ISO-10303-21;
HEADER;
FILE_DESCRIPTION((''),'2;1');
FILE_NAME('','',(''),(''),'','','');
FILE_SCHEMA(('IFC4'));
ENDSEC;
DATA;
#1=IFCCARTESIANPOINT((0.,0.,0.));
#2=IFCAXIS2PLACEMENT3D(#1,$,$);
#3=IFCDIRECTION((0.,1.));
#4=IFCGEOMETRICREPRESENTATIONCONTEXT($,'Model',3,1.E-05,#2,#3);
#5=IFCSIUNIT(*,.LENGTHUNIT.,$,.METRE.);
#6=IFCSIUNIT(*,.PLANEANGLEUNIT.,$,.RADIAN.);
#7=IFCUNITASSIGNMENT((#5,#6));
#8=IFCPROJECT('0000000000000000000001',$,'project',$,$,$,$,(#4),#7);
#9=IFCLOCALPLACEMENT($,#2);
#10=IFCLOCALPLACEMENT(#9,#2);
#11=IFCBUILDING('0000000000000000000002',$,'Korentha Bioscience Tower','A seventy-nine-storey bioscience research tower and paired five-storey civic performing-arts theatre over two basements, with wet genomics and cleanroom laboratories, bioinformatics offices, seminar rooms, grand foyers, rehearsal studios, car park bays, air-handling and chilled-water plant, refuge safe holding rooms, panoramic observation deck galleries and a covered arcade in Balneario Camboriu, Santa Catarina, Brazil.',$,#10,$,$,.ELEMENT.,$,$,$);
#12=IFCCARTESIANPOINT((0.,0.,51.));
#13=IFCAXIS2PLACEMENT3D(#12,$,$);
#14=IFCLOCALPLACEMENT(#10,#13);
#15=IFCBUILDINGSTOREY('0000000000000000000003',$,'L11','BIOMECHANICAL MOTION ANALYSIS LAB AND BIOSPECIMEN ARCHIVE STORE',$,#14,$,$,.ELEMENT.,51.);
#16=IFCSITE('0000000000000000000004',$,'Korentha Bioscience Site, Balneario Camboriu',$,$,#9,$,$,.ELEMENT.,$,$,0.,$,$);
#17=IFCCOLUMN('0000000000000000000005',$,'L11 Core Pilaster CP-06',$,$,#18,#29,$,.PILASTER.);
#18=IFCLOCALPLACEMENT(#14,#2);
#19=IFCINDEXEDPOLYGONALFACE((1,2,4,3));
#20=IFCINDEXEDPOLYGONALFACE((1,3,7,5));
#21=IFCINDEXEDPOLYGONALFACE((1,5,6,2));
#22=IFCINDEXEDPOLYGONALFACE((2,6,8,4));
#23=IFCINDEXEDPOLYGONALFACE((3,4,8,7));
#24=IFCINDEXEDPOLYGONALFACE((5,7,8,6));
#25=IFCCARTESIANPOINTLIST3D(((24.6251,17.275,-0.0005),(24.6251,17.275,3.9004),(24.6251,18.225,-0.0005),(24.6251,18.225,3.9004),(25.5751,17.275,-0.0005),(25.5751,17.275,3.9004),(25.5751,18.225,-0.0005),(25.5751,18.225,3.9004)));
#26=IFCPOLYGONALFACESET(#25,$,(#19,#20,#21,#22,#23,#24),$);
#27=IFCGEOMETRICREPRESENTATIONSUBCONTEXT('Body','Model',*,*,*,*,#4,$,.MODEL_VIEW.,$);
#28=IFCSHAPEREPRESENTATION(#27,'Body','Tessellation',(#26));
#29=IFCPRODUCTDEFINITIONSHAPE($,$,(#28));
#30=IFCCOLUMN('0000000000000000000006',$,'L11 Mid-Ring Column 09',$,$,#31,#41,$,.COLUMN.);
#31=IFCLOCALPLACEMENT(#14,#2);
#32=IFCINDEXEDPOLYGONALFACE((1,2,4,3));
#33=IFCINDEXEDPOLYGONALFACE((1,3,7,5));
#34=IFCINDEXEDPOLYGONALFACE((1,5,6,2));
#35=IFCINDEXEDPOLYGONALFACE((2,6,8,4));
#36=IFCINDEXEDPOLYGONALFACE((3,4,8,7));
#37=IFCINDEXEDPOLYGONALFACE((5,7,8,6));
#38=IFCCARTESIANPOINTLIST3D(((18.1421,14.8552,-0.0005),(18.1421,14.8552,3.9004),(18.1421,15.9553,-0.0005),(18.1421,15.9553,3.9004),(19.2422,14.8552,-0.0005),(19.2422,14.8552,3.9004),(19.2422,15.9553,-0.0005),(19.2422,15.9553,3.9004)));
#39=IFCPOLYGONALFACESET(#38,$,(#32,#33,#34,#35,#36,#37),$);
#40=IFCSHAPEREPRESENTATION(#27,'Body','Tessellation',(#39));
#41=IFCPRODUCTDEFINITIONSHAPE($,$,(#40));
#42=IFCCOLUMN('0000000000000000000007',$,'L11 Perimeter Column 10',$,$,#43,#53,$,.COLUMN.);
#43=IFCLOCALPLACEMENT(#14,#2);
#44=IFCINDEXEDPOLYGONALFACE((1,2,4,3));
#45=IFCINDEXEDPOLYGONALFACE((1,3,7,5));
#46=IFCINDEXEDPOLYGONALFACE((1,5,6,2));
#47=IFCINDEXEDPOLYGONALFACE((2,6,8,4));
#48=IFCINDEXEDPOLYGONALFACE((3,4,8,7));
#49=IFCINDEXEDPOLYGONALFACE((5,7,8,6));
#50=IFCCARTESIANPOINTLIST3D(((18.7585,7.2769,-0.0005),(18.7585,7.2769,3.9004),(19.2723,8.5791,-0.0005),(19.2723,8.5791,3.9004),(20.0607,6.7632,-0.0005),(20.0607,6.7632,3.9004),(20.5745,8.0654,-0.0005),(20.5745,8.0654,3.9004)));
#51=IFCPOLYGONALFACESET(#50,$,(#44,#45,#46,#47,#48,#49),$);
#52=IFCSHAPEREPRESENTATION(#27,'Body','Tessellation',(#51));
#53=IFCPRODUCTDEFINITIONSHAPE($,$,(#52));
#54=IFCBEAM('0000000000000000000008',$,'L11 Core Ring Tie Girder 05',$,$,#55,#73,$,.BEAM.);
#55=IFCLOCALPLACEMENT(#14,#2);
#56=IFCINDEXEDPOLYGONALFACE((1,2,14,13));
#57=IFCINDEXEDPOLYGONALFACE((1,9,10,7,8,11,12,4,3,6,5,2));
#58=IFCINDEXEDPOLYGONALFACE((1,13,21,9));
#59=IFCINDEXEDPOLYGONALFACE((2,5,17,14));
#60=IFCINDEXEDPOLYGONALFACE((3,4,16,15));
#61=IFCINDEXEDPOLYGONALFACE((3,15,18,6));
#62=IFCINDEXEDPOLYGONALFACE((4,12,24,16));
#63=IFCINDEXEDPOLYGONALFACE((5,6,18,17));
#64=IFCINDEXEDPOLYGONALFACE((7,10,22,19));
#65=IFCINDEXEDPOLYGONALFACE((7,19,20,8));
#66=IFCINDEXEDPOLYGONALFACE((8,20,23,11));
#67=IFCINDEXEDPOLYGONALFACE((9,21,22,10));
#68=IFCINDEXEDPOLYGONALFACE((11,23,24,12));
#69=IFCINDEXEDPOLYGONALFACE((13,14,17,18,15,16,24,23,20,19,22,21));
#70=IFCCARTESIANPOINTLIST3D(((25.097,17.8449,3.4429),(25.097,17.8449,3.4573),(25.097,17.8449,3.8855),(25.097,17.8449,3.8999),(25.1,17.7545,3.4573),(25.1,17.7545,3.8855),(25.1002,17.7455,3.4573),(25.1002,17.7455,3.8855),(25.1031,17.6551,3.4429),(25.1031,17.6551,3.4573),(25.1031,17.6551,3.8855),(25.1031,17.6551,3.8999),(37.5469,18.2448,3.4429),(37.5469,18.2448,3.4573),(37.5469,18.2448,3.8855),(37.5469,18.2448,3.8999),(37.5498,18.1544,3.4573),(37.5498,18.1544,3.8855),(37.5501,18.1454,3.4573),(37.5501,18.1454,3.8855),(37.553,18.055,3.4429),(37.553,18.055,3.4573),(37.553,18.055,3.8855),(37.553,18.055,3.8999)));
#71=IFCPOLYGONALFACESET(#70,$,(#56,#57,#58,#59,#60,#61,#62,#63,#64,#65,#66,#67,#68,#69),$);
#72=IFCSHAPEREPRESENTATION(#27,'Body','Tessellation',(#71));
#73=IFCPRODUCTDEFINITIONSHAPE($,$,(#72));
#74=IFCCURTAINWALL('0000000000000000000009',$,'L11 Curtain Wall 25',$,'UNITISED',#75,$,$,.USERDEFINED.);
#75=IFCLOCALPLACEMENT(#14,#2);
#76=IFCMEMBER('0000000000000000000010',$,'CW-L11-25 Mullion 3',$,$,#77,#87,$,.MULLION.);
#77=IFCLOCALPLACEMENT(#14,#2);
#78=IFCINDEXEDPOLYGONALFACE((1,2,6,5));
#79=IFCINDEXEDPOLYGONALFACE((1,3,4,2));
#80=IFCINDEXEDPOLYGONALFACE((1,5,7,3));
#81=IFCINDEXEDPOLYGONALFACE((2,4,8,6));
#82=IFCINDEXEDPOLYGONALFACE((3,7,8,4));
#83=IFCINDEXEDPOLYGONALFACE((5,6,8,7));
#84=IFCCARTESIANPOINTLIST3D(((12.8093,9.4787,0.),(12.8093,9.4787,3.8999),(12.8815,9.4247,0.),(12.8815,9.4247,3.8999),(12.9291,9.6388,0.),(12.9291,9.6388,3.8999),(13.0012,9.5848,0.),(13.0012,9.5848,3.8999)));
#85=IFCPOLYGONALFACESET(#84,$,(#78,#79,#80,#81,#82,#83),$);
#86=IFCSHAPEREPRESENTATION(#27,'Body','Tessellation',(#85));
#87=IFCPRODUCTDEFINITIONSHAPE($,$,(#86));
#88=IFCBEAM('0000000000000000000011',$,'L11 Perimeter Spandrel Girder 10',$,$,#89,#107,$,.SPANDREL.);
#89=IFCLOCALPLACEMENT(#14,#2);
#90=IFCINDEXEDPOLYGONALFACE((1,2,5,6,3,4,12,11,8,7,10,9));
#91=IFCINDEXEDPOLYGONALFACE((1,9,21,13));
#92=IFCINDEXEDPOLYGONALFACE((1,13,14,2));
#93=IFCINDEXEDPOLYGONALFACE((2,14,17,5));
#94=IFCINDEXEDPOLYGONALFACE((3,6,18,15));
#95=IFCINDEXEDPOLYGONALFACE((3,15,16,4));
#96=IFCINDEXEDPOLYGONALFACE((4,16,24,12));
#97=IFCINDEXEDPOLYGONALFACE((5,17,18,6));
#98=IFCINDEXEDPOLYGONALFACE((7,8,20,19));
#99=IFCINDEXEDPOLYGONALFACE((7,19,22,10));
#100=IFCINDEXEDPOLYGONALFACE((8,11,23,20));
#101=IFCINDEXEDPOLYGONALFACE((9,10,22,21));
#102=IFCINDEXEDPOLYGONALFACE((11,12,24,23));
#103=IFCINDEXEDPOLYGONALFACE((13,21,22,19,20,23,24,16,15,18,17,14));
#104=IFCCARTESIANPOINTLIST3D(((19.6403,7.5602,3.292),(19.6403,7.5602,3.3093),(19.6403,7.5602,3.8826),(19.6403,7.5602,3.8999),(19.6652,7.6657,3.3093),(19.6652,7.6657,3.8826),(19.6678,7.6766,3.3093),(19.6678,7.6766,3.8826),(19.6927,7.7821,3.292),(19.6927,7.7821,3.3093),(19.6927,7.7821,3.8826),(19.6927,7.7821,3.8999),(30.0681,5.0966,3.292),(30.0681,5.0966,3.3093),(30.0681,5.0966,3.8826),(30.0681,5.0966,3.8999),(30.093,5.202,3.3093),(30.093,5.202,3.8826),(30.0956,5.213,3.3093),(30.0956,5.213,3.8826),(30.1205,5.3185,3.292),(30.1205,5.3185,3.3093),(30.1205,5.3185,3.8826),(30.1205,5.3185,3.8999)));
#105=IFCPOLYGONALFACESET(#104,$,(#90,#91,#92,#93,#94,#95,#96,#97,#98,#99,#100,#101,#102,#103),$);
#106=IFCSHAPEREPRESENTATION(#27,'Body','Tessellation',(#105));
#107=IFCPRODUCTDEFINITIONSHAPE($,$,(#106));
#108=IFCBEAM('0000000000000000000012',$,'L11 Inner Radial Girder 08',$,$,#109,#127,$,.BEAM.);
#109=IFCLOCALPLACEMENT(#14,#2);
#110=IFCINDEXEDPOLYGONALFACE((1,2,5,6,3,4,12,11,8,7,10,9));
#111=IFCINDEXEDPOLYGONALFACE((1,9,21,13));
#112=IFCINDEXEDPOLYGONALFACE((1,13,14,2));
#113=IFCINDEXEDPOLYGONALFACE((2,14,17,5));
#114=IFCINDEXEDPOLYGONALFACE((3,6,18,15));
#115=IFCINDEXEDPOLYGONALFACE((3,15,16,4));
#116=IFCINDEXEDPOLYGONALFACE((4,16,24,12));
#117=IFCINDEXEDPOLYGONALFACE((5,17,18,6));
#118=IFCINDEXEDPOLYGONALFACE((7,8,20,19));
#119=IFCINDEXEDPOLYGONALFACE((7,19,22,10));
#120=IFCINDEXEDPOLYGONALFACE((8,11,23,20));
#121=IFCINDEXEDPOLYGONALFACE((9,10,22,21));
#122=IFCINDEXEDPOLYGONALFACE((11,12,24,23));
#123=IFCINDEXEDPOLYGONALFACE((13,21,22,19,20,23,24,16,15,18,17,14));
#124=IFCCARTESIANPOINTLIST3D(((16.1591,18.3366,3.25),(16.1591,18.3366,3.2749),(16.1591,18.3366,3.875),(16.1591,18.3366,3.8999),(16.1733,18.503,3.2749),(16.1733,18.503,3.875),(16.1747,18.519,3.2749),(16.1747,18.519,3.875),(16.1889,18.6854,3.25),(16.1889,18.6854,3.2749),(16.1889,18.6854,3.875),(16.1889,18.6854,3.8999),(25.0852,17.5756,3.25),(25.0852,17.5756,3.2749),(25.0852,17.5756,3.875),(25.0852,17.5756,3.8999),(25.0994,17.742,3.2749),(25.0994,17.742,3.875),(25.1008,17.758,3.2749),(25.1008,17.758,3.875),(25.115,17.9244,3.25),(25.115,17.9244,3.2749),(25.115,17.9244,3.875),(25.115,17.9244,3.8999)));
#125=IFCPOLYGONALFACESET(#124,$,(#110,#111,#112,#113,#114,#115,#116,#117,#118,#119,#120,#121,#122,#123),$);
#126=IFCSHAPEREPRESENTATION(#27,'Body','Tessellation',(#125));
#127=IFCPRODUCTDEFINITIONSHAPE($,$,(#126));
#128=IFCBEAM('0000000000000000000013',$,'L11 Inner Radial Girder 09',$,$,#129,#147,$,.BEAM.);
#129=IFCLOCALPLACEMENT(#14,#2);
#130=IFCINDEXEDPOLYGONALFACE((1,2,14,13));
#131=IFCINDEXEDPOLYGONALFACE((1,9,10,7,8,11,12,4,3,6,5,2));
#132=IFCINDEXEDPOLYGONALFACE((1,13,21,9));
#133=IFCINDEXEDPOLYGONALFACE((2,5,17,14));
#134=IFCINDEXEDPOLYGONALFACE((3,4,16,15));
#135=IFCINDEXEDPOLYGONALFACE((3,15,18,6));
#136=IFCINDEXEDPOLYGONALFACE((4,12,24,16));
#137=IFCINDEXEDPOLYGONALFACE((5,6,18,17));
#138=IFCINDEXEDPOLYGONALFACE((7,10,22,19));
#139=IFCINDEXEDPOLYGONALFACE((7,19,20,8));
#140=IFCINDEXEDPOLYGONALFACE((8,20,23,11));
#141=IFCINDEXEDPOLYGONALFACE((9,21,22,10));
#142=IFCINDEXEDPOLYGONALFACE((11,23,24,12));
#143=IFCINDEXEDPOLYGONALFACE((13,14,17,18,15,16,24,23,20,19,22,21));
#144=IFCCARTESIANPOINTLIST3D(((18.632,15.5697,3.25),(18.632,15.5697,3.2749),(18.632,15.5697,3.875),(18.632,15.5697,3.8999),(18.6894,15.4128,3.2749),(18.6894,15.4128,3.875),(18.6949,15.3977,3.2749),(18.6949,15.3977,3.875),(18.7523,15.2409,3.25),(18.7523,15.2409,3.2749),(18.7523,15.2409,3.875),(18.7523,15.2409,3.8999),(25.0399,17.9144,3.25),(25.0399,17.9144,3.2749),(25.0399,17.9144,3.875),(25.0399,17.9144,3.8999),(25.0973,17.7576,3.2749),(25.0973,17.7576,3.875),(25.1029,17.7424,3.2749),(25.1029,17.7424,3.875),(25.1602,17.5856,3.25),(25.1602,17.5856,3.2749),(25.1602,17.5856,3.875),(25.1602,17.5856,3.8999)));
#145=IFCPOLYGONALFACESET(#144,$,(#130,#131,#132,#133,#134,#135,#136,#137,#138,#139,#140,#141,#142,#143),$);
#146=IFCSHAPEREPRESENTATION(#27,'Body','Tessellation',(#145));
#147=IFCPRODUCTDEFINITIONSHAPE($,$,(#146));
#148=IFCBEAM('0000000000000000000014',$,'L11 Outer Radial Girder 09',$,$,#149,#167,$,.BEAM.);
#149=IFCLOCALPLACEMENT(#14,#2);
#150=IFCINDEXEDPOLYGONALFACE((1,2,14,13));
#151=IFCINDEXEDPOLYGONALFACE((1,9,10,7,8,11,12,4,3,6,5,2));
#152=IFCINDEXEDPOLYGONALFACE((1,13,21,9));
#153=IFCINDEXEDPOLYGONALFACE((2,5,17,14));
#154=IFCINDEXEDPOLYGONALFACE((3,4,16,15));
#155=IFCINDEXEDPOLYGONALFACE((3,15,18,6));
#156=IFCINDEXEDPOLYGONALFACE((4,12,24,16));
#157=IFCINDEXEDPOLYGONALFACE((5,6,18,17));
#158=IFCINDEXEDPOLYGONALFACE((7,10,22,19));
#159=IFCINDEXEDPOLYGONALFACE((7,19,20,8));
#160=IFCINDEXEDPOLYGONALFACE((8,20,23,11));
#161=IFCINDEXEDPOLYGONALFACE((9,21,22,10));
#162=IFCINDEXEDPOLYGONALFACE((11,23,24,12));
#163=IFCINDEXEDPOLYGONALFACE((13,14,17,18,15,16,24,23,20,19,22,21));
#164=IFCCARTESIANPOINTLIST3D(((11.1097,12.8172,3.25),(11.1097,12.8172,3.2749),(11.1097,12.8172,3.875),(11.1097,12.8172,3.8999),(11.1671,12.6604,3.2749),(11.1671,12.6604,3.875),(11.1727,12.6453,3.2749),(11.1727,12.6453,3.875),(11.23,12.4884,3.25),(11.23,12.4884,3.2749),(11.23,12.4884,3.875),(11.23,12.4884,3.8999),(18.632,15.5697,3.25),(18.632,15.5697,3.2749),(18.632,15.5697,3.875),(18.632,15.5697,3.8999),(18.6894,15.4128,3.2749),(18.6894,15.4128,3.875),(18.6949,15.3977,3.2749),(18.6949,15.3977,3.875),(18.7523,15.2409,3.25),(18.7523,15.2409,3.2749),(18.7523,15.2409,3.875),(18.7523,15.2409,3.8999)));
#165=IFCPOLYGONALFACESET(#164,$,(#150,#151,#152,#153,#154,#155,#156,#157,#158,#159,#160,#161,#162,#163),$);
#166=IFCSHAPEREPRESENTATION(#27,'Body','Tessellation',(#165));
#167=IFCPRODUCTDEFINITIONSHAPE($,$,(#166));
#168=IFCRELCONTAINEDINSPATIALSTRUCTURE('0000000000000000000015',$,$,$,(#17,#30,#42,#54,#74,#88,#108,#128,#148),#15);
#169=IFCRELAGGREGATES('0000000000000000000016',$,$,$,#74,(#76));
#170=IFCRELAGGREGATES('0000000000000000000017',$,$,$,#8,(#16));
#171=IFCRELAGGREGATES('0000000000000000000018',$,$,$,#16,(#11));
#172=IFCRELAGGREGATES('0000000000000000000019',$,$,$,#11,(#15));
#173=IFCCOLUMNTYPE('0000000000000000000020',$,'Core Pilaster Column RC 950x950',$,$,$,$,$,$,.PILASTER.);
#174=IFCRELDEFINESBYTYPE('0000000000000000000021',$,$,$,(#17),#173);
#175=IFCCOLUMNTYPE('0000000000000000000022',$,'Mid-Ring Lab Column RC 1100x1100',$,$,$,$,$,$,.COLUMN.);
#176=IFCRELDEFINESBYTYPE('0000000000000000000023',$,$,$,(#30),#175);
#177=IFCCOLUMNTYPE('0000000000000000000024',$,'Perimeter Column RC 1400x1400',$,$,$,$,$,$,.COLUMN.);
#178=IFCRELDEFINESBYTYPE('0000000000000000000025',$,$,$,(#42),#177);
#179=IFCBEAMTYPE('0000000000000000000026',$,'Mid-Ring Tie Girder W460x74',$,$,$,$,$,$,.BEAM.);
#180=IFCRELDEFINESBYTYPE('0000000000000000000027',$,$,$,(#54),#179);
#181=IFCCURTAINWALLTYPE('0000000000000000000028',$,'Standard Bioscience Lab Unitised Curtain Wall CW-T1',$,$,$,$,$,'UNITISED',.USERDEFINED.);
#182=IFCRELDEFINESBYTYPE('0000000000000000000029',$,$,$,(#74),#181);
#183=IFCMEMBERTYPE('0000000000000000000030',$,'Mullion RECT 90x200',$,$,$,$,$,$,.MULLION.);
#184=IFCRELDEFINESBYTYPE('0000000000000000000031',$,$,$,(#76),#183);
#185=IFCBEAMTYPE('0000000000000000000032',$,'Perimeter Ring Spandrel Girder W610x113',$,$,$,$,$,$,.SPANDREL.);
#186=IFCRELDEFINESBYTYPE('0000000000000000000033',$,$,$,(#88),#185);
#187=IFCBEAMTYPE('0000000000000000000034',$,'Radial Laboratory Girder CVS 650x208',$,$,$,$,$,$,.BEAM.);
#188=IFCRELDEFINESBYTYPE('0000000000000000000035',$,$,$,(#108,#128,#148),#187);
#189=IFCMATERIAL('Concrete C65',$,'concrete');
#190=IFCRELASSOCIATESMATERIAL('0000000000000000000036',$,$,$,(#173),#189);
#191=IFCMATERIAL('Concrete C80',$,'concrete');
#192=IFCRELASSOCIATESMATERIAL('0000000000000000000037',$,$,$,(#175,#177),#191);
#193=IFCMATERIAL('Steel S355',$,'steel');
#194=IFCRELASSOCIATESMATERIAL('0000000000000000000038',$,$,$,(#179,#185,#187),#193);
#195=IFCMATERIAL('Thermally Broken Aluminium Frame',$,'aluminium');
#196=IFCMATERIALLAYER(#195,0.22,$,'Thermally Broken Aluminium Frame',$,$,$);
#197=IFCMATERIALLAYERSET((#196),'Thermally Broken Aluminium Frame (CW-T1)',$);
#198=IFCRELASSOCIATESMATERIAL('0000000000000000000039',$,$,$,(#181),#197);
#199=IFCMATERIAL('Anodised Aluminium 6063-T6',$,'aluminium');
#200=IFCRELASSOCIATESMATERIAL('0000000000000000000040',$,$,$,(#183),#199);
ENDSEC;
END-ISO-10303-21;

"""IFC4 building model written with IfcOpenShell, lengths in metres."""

from ifc_helpers import new_model, si_unit, direction, frame, origin, origin_2d, place, context, subcontext, project, spatial, rectangle, i_section, extrude, material, layer, layer_set, material_profile, profile_set, type_object, element, aggregate, save


model = new_model("IFC4")

# Units and contexts
model_context = context("Model", 3, precision=1e-05, world=origin(), true_north=direction((0.0, 1.0)))
body_context = subcontext(model_context, "Body", "Model", "MODEL_VIEW")
ifc_project = project(units=[si_unit("LENGTHUNIT", "METRE"), si_unit("PLANEANGLEUNIT", "RADIAN")], contexts=[model_context])

# Site, building, storey
site_placement = place(None, origin())
site = spatial("IfcSite", under=ifc_project, at=site_placement, Name="Korentha Bioscience Site, Balneario Camboriu", CompositionType="ELEMENT", RefElevation=0.0)
building_placement = place(site_placement, origin())
building = spatial("IfcBuilding", under=site, at=building_placement, Name="Korentha Bioscience Tower", Description="A seventy-nine-storey bioscience research tower and paired five-storey civic performing-arts theatre over two basements, with wet genomics and cleanroom laboratories, bioinformatics offices, seminar rooms, grand foyers, rehearsal studios, car park bays, air-handling and chilled-water plant, refuge safe holding rooms, panoramic observation deck galleries and a covered arcade in Balneario Camboriu, Santa Catarina, Brazil.", CompositionType="ELEMENT")
storey_placement = place(building_placement, frame((0.0, 0.0, 51.0)))
storey = spatial("IfcBuildingStorey", under=building, at=storey_placement, Name="L11", Description="BIOMECHANICAL MOTION ANALYSIS LAB AND BIOSPECIMEN ARCHIVE STORE", CompositionType="ELEMENT", Elevation=51.0)

# Columns
ifc_material_1 = material(Name="Concrete C65", Category="concrete")
ifc_material_profile_1 = material_profile(ifc_material_1, rectangle(XDim=0.95, YDim=0.95, at=origin_2d()), Name="Concrete C65")
ifc_profile_set_1 = profile_set([ifc_material_profile_1], Name="Concrete C65 (COL-CP09)")
column_type_1 = type_object("IfcColumnType", Name="Core Pilaster Column RC 950x950", PredefinedType="PILASTER", material=ifc_profile_set_1)
column_1_placement = place(storey_placement, frame((25.1001, 17.75, -0.0005), z_axis=(0.0, 0.0, 1.0), x_axis=(1.0, 0.0, 0.0)))
element("IfcColumn", 1, at=column_1_placement, inside=storey, type_object=column_type_1, Name="L11 Core Pilaster CP-06", PredefinedType="PILASTER", context=body_context, shape_type="SweptSolid", body=[
    extrude(rectangle(XDim=0.95, YDim=0.95, at=origin_2d()), origin(), (0.0, 0.0, 1.0), 3.9009),
])
ifc_material_2 = material(Name="Concrete C80", Category="concrete")
ifc_material_profile_2 = material_profile(ifc_material_2, rectangle(XDim=1.1001, YDim=1.1001, at=origin_2d()), Name="Concrete C80")
ifc_profile_set_2 = profile_set([ifc_material_profile_2], Name="Concrete C80 (COL-MR11)")
column_type_2 = type_object("IfcColumnType", Name="Mid-Ring Lab Column RC 1100x1100", PredefinedType="COLUMN", material=ifc_profile_set_2)
column_2_placement = place(storey_placement, frame((18.6921, 15.4053, -0.0005), z_axis=(0.0, 0.0, 1.0), x_axis=(1.0, 0.0, 0.0)))
element("IfcColumn", 2, at=column_2_placement, inside=storey, type_object=column_type_2, Name="L11 Mid-Ring Column 09", PredefinedType="COLUMN", context=body_context, shape_type="SweptSolid", body=[
    extrude(rectangle(XDim=1.1001, YDim=1.1001, at=origin_2d()), origin(), (0.0, 0.0, 1.0), 3.9009),
])
ifc_material_profile_3 = material_profile(ifc_material_2, rectangle(XDim=1.3999, YDim=1.3999, at=origin_2d()), Name="Concrete C80")
ifc_profile_set_3 = profile_set([ifc_material_profile_3], Name="Concrete C80 (COL-P14)")
column_type_3 = type_object("IfcColumnType", Name="Perimeter Column RC 1400x1400", PredefinedType="COLUMN", material=ifc_profile_set_3)
column_3_placement = place(storey_placement, frame((19.6665, 7.6711, -0.0005), z_axis=(0.0, 0.0, 1.0), x_axis=(-0.930226, 0.366988, 0.0)))
element("IfcColumn", 3, at=column_3_placement, inside=storey, type_object=column_type_3, Name="L11 Perimeter Column 10", PredefinedType="COLUMN", context=body_context, shape_type="SweptSolid", body=[
    extrude(rectangle(XDim=1.3999, YDim=1.3999, at=origin_2d()), origin(), (0.0, 0.0, 1.0), 3.9009),
])

# Beam
ifc_material_3 = material(Name="Steel S355", Category="steel")
ifc_material_profile_4 = material_profile(ifc_material_3, i_section(OverallWidth=0.1899, OverallDepth=0.457, WebThickness=0.009, FlangeThickness=0.0144, at=origin_2d()), Name="Steel S355")
ifc_profile_set_4 = profile_set([ifc_material_profile_4], Name="Steel S355 (MB-460)")
beam_type_1 = type_object("IfcBeamType", Name="Mid-Ring Tie Girder W460x74", PredefinedType="BEAM", material=ifc_profile_set_4)
beam_1_placement = place(storey_placement, frame((25.1001, 17.75, 3.6714), z_axis=(0.999485, 0.032104, 0.0), x_axis=(-0.032104, 0.999485, 0.0)))
element("IfcBeam", 4, at=beam_1_placement, inside=storey, type_object=beam_type_1, Name="L11 Core Ring Tie Girder 05", PredefinedType="BEAM", context=body_context, shape_type="SweptSolid", body=[
    extrude(i_section(OverallWidth=0.1899, OverallDepth=0.457, WebThickness=0.009, FlangeThickness=0.0144, at=origin_2d()), origin(), (0.0, 0.0, 1.0), 12.4563),
])

# Curtain wall, member
ifc_material_4 = material(Name="Thermally Broken Aluminium Frame", Category="aluminium")
ifc_layer_1 = layer(ifc_material_4, 0.22, Name="Thermally Broken Aluminium Frame")
ifc_layer_set_1 = layer_set([ifc_layer_1], Name="Thermally Broken Aluminium Frame (CW-T1)")
curtain_wall_type = type_object("IfcCurtainWallType", Name="Standard Bioscience Lab Unitised Curtain Wall CW-T1", ElementType="UNITISED", PredefinedType="USERDEFINED", material=ifc_layer_set_1)
curtain_wall_placement = place(storey_placement, origin())
curtain_wall = element("IfcCurtainWall", 5, at=curtain_wall_placement, inside=storey, type_object=curtain_wall_type, Name="L11 Curtain Wall 25", ObjectType="UNITISED", PredefinedType="USERDEFINED")
ifc_material_5 = material(Name="Anodised Aluminium 6063-T6", Category="aluminium")
ifc_material_profile_5 = material_profile(ifc_material_5, rectangle(XDim=0.0901, YDim=0.2, at=origin_2d()), Name="Anodised Aluminium 6063-T6")
ifc_profile_set_5 = profile_set([ifc_material_profile_5], Name="Anodised Aluminium 6063-T6 (CW-MUL)")
member_type = type_object("IfcMemberType", Name="Mullion RECT 90x200", PredefinedType="MULLION", material=ifc_profile_set_5)
member_placement = place(storey_placement, frame((12.9053, 9.5317, 0.0), z_axis=(0.0, 0.0, 1.0), x_axis=(0.800798, -0.598935, 0.0)))
member = element("IfcMember", 6, at=member_placement, type_object=member_type, Name="CW-L11-25 Mullion 3", PredefinedType="MULLION", context=body_context, shape_type="SweptSolid", body=[
    extrude(rectangle(XDim=0.0901, YDim=0.2, at=origin_2d()), origin(), (0.0, 0.0, 1.0), 3.8999),
])
aggregate(curtain_wall, [member])

# Beams
ifc_material_profile_6 = material_profile(ifc_material_3, i_section(OverallWidth=0.228, OverallDepth=0.6079, WebThickness=0.0112, FlangeThickness=0.0173, at=origin_2d()), Name="Steel S355")
ifc_profile_set_6 = profile_set([ifc_material_profile_6], Name="Steel S355 (SB-610)")
beam_type_2 = type_object("IfcBeamType", Name="Perimeter Ring Spandrel Girder W610x113", PredefinedType="SPANDREL", material=ifc_profile_set_6)
beam_2_placement = place(storey_placement, frame((19.6665, 7.6711, 3.5959), z_axis=(0.973208, -0.229927, 0.0), x_axis=(0.229927, 0.973208, 0.0)))
element("IfcBeam", 7, at=beam_2_placement, inside=storey, type_object=beam_type_2, Name="L11 Perimeter Spandrel Girder 10", PredefinedType="SPANDREL", context=body_context, shape_type="SweptSolid", body=[
    extrude(i_section(OverallWidth=0.228, OverallDepth=0.6079, WebThickness=0.0112, FlangeThickness=0.0173, at=origin_2d()), origin(), (0.0, 0.0, 1.0), 10.7148),
])
ifc_material_profile_7 = material_profile(ifc_material_3, i_section(OverallWidth=0.3501, OverallDepth=0.6499, WebThickness=0.0161, FlangeThickness=0.0249, at=origin_2d()), Name="Steel S355")
ifc_profile_set_7 = profile_set([ifc_material_profile_7], Name="Steel S355 (RB-650)")
beam_type_3 = type_object("IfcBeamType", Name="Radial Laboratory Girder CVS 650x208", PredefinedType="BEAM", material=ifc_profile_set_7)
beam_3_placement = place(storey_placement, frame((25.1001, 17.75, 3.575), z_axis=(-0.996386, 0.084947, 0.0), x_axis=(-0.084947, -0.996386, 0.0)))
element("IfcBeam", 8, at=beam_3_placement, inside=storey, type_object=beam_type_3, Name="L11 Inner Radial Girder 08", PredefinedType="BEAM", context=body_context, shape_type="SweptSolid", body=[
    extrude(i_section(OverallWidth=0.3501, OverallDepth=0.6499, WebThickness=0.0161, FlangeThickness=0.0249, at=origin_2d()), origin(), (0.0, 0.0, 1.0), 8.9585),
])
beam_4_placement = place(storey_placement, frame((25.1001, 17.75, 3.575), z_axis=(-0.939106, -0.343627, 0.0), x_axis=(0.343627, -0.939106, 0.0)))
element("IfcBeam", 9, at=beam_4_placement, inside=storey, type_object=beam_type_3, Name="L11 Inner Radial Girder 09", PredefinedType="BEAM", context=body_context, shape_type="SweptSolid", body=[
    extrude(i_section(OverallWidth=0.3501, OverallDepth=0.6499, WebThickness=0.0161, FlangeThickness=0.0249, at=origin_2d()), origin(), (0.0, 0.0, 1.0), 6.8235),
])
beam_5_placement = place(storey_placement, frame((18.6921, 15.4053, 3.575), z_axis=(-0.939106, -0.343627, 0.0), x_axis=(0.343627, -0.939106, 0.0)))
element("IfcBeam", 10, at=beam_5_placement, inside=storey, type_object=beam_type_3, Name="L11 Outer Radial Girder 09", PredefinedType="BEAM", context=body_context, shape_type="SweptSolid", body=[
    extrude(i_section(OverallWidth=0.3501, OverallDepth=0.6499, WebThickness=0.0161, FlangeThickness=0.0249, at=origin_2d()), origin(), (0.0, 0.0, 1.0), 8.01),
])

save(model, "model.ifc")
